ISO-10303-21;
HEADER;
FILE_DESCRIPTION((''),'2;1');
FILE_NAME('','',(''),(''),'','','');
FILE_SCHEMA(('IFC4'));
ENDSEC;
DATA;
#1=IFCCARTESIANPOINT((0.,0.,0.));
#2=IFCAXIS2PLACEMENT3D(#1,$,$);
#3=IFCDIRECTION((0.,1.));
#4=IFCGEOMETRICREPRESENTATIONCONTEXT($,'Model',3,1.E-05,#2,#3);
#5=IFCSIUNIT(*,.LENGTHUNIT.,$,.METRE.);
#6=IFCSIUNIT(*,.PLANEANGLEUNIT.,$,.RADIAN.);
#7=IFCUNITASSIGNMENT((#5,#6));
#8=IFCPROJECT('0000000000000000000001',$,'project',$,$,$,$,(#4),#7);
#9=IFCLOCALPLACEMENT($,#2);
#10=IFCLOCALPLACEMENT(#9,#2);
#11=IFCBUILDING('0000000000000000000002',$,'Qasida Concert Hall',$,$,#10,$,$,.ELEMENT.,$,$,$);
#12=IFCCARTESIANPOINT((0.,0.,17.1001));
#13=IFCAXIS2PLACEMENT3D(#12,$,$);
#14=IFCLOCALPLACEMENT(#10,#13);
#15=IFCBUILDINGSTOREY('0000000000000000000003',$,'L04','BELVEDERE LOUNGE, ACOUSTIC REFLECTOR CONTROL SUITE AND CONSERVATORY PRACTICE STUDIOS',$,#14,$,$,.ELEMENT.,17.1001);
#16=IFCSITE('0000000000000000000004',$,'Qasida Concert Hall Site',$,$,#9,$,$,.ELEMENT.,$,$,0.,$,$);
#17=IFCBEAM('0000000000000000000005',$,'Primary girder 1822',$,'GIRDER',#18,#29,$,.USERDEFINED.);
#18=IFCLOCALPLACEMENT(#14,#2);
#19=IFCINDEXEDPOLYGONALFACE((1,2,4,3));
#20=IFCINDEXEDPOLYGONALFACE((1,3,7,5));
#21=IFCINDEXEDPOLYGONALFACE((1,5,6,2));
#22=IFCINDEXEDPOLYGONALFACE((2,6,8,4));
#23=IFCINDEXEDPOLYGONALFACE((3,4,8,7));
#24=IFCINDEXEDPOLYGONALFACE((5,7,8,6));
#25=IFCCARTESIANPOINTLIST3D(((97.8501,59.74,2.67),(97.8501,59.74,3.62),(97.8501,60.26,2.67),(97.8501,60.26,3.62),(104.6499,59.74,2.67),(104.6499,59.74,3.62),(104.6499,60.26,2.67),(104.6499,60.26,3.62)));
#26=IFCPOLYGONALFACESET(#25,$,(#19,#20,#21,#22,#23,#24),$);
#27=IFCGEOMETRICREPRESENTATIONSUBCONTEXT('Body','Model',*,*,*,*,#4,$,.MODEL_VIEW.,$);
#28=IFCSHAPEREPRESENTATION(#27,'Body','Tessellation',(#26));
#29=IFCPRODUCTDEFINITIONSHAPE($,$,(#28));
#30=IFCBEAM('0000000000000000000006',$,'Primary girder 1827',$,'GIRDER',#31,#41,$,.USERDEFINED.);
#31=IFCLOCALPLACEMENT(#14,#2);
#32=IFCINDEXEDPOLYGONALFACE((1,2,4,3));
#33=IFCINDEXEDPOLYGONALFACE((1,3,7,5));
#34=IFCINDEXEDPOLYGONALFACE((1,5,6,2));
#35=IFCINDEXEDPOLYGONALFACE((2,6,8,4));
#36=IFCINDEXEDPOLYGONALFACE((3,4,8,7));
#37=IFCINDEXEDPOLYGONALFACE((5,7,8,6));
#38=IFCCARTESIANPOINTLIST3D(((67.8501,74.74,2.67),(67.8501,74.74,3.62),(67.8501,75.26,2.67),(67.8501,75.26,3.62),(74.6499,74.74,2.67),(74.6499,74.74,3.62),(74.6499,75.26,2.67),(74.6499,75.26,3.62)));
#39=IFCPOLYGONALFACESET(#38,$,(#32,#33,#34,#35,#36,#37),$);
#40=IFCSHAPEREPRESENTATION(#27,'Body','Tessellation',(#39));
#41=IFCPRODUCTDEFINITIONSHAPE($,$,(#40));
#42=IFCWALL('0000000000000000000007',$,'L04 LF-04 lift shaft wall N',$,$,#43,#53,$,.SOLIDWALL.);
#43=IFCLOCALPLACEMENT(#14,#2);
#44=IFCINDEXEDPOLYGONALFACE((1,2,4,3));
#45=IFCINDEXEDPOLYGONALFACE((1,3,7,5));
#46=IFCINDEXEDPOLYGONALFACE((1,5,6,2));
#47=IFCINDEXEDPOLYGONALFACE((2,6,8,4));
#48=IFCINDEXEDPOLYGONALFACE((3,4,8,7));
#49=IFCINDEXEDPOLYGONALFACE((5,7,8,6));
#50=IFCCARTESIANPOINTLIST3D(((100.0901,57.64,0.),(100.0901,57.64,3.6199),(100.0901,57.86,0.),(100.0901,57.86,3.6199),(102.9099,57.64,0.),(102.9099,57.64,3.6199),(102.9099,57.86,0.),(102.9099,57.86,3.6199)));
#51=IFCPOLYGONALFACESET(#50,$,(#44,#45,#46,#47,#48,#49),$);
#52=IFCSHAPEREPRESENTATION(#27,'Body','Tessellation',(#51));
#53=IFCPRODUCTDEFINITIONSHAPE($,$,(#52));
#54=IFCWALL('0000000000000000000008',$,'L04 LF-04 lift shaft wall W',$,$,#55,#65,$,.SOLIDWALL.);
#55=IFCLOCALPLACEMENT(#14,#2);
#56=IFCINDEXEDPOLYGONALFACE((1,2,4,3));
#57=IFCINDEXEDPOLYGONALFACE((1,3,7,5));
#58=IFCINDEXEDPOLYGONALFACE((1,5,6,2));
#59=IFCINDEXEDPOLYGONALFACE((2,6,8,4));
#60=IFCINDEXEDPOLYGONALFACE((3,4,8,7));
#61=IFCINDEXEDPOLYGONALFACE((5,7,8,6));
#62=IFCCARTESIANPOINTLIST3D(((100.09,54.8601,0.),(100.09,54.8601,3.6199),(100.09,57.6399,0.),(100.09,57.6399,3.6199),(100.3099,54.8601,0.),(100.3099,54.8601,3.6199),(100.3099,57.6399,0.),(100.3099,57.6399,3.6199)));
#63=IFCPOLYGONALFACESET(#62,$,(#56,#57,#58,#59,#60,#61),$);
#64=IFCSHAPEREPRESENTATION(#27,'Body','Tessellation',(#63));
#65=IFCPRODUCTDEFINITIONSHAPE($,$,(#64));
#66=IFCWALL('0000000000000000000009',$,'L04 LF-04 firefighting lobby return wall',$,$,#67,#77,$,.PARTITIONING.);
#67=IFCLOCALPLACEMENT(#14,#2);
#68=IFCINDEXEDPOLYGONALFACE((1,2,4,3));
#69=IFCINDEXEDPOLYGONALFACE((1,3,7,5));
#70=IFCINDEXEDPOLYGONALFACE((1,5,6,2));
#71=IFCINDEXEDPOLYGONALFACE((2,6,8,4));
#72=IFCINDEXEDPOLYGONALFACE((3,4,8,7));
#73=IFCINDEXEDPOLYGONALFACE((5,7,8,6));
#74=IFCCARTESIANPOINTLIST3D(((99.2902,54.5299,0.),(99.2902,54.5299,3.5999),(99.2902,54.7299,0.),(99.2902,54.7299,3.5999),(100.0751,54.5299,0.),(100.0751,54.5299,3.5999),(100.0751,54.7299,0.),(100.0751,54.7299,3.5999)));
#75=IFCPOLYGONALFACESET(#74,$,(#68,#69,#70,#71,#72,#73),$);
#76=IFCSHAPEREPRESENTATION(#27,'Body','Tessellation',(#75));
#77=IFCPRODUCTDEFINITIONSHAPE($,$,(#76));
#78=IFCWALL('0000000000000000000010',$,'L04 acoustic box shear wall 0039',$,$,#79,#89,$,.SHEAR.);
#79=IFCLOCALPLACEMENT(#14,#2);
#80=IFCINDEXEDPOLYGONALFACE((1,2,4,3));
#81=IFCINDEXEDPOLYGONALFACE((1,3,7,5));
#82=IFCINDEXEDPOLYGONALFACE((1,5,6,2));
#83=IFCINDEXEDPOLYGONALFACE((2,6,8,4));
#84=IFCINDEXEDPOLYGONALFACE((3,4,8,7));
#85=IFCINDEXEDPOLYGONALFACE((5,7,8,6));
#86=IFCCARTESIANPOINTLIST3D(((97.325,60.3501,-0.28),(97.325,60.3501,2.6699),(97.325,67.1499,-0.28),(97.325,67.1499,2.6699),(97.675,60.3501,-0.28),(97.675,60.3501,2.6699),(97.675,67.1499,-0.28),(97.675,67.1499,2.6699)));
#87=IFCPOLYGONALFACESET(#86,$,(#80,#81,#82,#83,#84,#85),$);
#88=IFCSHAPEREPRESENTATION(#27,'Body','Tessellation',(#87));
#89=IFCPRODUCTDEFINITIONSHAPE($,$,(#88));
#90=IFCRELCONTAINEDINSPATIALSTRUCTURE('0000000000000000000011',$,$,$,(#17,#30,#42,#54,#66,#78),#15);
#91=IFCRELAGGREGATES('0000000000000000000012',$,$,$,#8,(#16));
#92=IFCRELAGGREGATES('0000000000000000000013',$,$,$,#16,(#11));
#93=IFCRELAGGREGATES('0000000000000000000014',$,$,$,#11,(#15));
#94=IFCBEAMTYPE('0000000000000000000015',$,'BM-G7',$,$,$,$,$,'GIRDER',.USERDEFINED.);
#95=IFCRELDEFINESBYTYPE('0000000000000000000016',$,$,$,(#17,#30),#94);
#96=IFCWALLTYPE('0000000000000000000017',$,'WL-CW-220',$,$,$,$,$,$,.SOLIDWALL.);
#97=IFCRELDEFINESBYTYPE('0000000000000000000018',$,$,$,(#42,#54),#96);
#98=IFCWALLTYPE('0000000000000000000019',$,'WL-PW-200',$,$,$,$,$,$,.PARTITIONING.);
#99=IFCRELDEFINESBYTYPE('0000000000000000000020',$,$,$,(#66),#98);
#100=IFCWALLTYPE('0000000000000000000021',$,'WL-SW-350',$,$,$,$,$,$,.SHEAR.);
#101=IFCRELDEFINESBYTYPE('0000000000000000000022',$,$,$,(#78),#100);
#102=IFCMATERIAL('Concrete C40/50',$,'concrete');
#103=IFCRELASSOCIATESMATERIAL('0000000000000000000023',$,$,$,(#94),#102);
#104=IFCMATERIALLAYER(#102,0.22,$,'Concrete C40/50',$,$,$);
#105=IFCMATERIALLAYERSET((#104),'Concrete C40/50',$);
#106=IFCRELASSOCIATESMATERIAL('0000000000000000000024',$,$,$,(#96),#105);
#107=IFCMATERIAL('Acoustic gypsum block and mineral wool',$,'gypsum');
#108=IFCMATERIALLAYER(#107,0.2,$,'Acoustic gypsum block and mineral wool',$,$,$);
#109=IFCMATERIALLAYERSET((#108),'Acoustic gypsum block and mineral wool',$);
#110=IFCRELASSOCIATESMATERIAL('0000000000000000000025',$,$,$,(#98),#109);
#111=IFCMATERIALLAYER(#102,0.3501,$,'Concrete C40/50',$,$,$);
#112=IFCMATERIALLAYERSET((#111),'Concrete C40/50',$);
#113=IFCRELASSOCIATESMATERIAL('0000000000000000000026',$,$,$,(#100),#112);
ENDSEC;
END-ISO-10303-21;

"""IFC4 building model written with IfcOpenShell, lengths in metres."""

from ifc_helpers import new_model, si_unit, direction, frame, frame_2d, origin, origin_2d, place, context, subcontext, project, spatial, rectangle, extrude, material, layer, layer_set, material_profile, profile_set, type_object, element, save


model = new_model("IFC4")

# Units and contexts
model_context = context("Model", 3, precision=1e-05, world=origin(), true_north=direction((0.0, 1.0)))
body_context = subcontext(model_context, "Body", "Model", "MODEL_VIEW")
ifc_project = project(units=[si_unit("LENGTHUNIT", "METRE"), si_unit("PLANEANGLEUNIT", "RADIAN")], contexts=[model_context])

# Site, building, storey
site_placement = place(None, origin())
site = spatial("IfcSite", under=ifc_project, at=site_placement, Name="Qasida Concert Hall Site", CompositionType="ELEMENT", RefElevation=0.0)
building_placement = place(site_placement, origin())
building = spatial("IfcBuilding", under=site, at=building_placement, Name="Qasida Concert Hall", CompositionType="ELEMENT")
storey_placement = place(building_placement, frame((0.0, 0.0, 17.1001)))
storey = spatial("IfcBuildingStorey", under=building, at=storey_placement, Name="L04", Description="BELVEDERE LOUNGE, ACOUSTIC REFLECTOR CONTROL SUITE AND CONSERVATORY PRACTICE STUDIOS", CompositionType="ELEMENT", Elevation=17.1001)

# Beams
ifc_material_1 = material(Name="Concrete C40/50", Category="concrete")
ifc_material_profile_1 = material_profile(ifc_material_1, rectangle(XDim=0.52, YDim=0.95, at=origin_2d()), Name="RC 520x950")
ifc_profile_set_1 = profile_set([ifc_material_profile_1], Name="Concrete C40/50")
beam_type_1 = type_object("IfcBeamType", Name="BM-G7", ElementType="GIRDER", PredefinedType="USERDEFINED", material=ifc_profile_set_1)
for number, where, z_axis, x_axis, name in (
    (1, (97.8501, 60.0, 3.145), (1.0, 0.0, 0.0), (0.0, 1.0, 0.0), "Primary girder 1822"),
    (2, (67.8501, 75.0, 3.145), (1.0, 0.0, 0.0), (0.0, 1.0, 0.0), "Primary girder 1827"),
):
    element("IfcBeam", number, at=place(storey_placement, frame(where, z_axis=z_axis, x_axis=x_axis)), inside=storey, type_object=beam_type_1, Name=name, ObjectType="GIRDER", PredefinedType="USERDEFINED", context=body_context, shape_type="SweptSolid", body=[
        extrude(rectangle(XDim=0.52, YDim=0.95, at=origin_2d()), origin(), (0.0, 0.0, 1.0), 6.7998),
    ])

# Shared definitions
ifc_layer_1 = layer(ifc_material_1, 0.22, Name="Concrete C40/50")
ifc_layer_set_1 = layer_set([ifc_layer_1], Name="Concrete C40/50")
wall_type_1 = type_object("IfcWallType", Name="WL-CW-220", PredefinedType="SOLIDWALL", material=ifc_layer_set_1)

# Walls
wall_1_placement = place(storey_placement, frame((100.0901, 57.75, 0.0), z_axis=(0.0, 0.0, 1.0), x_axis=(1.0, 0.0, 0.0)))
element("IfcWall", 3, at=wall_1_placement, inside=storey, type_object=wall_type_1, Name="L04 LF-04 lift shaft wall N", PredefinedType="SOLIDWALL", context=body_context, shape_type="SweptSolid", body=[
    extrude(rectangle(XDim=2.8198, YDim=0.22, at=frame_2d((1.4099, 0.0))), origin(), (0.0, 0.0, 1.0), 3.6199),
])
wall_2_placement = place(storey_placement, frame((100.2, 54.8601, 0.0), z_axis=(0.0, 0.0, 1.0), x_axis=(0.0, 1.0, 0.0)))
element("IfcWall", 4, at=wall_2_placement, inside=storey, type_object=wall_type_1, Name="L04 LF-04 lift shaft wall W", PredefinedType="SOLIDWALL", context=body_context, shape_type="SweptSolid", body=[
    extrude(rectangle(XDim=2.7798, YDim=0.22, at=frame_2d((1.3899, 0.0))), origin(), (0.0, 0.0, 1.0), 3.6199),
])
ifc_material_2 = material(Name="Acoustic gypsum block and mineral wool", Category="gypsum")
ifc_layer_2 = layer(ifc_material_2, 0.2, Name="Acoustic gypsum block and mineral wool")
ifc_layer_set_2 = layer_set([ifc_layer_2], Name="Acoustic gypsum block and mineral wool")
wall_type_2 = type_object("IfcWallType", Name="WL-PW-200", PredefinedType="PARTITIONING", material=ifc_layer_set_2)
wall_3_placement = place(storey_placement, frame((99.29, 54.6299, 0.0), z_axis=(0.0, 0.0, 1.0), x_axis=(1.0, 0.0, 0.0)))
element("IfcWall", 5, at=wall_3_placement, inside=storey, type_object=wall_type_2, Name="L04 LF-04 firefighting lobby return wall", PredefinedType="PARTITIONING", context=body_context, shape_type="SweptSolid", body=[
    extrude(rectangle(XDim=0.7849, YDim=0.2, at=frame_2d((0.3926, 0.0))), origin(), (0.0, 0.0, 1.0), 3.5999),
])
ifc_layer_3 = layer(ifc_material_1, 0.3501, Name="Concrete C40/50")
ifc_layer_set_3 = layer_set([ifc_layer_3], Name="Concrete C40/50")
wall_type_3 = type_object("IfcWallType", Name="WL-SW-350", PredefinedType="SHEAR", material=ifc_layer_set_3)
wall_4_placement = place(storey_placement, frame((97.5, 60.3501, -0.28), z_axis=(0.0, 0.0, 1.0), x_axis=(0.0, 1.0, 0.0)))
element("IfcWall", 6, at=wall_4_placement, inside=storey, type_object=wall_type_3, Name="L04 acoustic box shear wall 0039", PredefinedType="SHEAR", context=body_context, shape_type="SweptSolid", body=[
    extrude(rectangle(XDim=6.7998, YDim=0.3501, at=frame_2d((3.3999, 0.0))), origin(), (0.0, 0.0, 1.0), 2.95),
])

save(model, "model.ifc")
